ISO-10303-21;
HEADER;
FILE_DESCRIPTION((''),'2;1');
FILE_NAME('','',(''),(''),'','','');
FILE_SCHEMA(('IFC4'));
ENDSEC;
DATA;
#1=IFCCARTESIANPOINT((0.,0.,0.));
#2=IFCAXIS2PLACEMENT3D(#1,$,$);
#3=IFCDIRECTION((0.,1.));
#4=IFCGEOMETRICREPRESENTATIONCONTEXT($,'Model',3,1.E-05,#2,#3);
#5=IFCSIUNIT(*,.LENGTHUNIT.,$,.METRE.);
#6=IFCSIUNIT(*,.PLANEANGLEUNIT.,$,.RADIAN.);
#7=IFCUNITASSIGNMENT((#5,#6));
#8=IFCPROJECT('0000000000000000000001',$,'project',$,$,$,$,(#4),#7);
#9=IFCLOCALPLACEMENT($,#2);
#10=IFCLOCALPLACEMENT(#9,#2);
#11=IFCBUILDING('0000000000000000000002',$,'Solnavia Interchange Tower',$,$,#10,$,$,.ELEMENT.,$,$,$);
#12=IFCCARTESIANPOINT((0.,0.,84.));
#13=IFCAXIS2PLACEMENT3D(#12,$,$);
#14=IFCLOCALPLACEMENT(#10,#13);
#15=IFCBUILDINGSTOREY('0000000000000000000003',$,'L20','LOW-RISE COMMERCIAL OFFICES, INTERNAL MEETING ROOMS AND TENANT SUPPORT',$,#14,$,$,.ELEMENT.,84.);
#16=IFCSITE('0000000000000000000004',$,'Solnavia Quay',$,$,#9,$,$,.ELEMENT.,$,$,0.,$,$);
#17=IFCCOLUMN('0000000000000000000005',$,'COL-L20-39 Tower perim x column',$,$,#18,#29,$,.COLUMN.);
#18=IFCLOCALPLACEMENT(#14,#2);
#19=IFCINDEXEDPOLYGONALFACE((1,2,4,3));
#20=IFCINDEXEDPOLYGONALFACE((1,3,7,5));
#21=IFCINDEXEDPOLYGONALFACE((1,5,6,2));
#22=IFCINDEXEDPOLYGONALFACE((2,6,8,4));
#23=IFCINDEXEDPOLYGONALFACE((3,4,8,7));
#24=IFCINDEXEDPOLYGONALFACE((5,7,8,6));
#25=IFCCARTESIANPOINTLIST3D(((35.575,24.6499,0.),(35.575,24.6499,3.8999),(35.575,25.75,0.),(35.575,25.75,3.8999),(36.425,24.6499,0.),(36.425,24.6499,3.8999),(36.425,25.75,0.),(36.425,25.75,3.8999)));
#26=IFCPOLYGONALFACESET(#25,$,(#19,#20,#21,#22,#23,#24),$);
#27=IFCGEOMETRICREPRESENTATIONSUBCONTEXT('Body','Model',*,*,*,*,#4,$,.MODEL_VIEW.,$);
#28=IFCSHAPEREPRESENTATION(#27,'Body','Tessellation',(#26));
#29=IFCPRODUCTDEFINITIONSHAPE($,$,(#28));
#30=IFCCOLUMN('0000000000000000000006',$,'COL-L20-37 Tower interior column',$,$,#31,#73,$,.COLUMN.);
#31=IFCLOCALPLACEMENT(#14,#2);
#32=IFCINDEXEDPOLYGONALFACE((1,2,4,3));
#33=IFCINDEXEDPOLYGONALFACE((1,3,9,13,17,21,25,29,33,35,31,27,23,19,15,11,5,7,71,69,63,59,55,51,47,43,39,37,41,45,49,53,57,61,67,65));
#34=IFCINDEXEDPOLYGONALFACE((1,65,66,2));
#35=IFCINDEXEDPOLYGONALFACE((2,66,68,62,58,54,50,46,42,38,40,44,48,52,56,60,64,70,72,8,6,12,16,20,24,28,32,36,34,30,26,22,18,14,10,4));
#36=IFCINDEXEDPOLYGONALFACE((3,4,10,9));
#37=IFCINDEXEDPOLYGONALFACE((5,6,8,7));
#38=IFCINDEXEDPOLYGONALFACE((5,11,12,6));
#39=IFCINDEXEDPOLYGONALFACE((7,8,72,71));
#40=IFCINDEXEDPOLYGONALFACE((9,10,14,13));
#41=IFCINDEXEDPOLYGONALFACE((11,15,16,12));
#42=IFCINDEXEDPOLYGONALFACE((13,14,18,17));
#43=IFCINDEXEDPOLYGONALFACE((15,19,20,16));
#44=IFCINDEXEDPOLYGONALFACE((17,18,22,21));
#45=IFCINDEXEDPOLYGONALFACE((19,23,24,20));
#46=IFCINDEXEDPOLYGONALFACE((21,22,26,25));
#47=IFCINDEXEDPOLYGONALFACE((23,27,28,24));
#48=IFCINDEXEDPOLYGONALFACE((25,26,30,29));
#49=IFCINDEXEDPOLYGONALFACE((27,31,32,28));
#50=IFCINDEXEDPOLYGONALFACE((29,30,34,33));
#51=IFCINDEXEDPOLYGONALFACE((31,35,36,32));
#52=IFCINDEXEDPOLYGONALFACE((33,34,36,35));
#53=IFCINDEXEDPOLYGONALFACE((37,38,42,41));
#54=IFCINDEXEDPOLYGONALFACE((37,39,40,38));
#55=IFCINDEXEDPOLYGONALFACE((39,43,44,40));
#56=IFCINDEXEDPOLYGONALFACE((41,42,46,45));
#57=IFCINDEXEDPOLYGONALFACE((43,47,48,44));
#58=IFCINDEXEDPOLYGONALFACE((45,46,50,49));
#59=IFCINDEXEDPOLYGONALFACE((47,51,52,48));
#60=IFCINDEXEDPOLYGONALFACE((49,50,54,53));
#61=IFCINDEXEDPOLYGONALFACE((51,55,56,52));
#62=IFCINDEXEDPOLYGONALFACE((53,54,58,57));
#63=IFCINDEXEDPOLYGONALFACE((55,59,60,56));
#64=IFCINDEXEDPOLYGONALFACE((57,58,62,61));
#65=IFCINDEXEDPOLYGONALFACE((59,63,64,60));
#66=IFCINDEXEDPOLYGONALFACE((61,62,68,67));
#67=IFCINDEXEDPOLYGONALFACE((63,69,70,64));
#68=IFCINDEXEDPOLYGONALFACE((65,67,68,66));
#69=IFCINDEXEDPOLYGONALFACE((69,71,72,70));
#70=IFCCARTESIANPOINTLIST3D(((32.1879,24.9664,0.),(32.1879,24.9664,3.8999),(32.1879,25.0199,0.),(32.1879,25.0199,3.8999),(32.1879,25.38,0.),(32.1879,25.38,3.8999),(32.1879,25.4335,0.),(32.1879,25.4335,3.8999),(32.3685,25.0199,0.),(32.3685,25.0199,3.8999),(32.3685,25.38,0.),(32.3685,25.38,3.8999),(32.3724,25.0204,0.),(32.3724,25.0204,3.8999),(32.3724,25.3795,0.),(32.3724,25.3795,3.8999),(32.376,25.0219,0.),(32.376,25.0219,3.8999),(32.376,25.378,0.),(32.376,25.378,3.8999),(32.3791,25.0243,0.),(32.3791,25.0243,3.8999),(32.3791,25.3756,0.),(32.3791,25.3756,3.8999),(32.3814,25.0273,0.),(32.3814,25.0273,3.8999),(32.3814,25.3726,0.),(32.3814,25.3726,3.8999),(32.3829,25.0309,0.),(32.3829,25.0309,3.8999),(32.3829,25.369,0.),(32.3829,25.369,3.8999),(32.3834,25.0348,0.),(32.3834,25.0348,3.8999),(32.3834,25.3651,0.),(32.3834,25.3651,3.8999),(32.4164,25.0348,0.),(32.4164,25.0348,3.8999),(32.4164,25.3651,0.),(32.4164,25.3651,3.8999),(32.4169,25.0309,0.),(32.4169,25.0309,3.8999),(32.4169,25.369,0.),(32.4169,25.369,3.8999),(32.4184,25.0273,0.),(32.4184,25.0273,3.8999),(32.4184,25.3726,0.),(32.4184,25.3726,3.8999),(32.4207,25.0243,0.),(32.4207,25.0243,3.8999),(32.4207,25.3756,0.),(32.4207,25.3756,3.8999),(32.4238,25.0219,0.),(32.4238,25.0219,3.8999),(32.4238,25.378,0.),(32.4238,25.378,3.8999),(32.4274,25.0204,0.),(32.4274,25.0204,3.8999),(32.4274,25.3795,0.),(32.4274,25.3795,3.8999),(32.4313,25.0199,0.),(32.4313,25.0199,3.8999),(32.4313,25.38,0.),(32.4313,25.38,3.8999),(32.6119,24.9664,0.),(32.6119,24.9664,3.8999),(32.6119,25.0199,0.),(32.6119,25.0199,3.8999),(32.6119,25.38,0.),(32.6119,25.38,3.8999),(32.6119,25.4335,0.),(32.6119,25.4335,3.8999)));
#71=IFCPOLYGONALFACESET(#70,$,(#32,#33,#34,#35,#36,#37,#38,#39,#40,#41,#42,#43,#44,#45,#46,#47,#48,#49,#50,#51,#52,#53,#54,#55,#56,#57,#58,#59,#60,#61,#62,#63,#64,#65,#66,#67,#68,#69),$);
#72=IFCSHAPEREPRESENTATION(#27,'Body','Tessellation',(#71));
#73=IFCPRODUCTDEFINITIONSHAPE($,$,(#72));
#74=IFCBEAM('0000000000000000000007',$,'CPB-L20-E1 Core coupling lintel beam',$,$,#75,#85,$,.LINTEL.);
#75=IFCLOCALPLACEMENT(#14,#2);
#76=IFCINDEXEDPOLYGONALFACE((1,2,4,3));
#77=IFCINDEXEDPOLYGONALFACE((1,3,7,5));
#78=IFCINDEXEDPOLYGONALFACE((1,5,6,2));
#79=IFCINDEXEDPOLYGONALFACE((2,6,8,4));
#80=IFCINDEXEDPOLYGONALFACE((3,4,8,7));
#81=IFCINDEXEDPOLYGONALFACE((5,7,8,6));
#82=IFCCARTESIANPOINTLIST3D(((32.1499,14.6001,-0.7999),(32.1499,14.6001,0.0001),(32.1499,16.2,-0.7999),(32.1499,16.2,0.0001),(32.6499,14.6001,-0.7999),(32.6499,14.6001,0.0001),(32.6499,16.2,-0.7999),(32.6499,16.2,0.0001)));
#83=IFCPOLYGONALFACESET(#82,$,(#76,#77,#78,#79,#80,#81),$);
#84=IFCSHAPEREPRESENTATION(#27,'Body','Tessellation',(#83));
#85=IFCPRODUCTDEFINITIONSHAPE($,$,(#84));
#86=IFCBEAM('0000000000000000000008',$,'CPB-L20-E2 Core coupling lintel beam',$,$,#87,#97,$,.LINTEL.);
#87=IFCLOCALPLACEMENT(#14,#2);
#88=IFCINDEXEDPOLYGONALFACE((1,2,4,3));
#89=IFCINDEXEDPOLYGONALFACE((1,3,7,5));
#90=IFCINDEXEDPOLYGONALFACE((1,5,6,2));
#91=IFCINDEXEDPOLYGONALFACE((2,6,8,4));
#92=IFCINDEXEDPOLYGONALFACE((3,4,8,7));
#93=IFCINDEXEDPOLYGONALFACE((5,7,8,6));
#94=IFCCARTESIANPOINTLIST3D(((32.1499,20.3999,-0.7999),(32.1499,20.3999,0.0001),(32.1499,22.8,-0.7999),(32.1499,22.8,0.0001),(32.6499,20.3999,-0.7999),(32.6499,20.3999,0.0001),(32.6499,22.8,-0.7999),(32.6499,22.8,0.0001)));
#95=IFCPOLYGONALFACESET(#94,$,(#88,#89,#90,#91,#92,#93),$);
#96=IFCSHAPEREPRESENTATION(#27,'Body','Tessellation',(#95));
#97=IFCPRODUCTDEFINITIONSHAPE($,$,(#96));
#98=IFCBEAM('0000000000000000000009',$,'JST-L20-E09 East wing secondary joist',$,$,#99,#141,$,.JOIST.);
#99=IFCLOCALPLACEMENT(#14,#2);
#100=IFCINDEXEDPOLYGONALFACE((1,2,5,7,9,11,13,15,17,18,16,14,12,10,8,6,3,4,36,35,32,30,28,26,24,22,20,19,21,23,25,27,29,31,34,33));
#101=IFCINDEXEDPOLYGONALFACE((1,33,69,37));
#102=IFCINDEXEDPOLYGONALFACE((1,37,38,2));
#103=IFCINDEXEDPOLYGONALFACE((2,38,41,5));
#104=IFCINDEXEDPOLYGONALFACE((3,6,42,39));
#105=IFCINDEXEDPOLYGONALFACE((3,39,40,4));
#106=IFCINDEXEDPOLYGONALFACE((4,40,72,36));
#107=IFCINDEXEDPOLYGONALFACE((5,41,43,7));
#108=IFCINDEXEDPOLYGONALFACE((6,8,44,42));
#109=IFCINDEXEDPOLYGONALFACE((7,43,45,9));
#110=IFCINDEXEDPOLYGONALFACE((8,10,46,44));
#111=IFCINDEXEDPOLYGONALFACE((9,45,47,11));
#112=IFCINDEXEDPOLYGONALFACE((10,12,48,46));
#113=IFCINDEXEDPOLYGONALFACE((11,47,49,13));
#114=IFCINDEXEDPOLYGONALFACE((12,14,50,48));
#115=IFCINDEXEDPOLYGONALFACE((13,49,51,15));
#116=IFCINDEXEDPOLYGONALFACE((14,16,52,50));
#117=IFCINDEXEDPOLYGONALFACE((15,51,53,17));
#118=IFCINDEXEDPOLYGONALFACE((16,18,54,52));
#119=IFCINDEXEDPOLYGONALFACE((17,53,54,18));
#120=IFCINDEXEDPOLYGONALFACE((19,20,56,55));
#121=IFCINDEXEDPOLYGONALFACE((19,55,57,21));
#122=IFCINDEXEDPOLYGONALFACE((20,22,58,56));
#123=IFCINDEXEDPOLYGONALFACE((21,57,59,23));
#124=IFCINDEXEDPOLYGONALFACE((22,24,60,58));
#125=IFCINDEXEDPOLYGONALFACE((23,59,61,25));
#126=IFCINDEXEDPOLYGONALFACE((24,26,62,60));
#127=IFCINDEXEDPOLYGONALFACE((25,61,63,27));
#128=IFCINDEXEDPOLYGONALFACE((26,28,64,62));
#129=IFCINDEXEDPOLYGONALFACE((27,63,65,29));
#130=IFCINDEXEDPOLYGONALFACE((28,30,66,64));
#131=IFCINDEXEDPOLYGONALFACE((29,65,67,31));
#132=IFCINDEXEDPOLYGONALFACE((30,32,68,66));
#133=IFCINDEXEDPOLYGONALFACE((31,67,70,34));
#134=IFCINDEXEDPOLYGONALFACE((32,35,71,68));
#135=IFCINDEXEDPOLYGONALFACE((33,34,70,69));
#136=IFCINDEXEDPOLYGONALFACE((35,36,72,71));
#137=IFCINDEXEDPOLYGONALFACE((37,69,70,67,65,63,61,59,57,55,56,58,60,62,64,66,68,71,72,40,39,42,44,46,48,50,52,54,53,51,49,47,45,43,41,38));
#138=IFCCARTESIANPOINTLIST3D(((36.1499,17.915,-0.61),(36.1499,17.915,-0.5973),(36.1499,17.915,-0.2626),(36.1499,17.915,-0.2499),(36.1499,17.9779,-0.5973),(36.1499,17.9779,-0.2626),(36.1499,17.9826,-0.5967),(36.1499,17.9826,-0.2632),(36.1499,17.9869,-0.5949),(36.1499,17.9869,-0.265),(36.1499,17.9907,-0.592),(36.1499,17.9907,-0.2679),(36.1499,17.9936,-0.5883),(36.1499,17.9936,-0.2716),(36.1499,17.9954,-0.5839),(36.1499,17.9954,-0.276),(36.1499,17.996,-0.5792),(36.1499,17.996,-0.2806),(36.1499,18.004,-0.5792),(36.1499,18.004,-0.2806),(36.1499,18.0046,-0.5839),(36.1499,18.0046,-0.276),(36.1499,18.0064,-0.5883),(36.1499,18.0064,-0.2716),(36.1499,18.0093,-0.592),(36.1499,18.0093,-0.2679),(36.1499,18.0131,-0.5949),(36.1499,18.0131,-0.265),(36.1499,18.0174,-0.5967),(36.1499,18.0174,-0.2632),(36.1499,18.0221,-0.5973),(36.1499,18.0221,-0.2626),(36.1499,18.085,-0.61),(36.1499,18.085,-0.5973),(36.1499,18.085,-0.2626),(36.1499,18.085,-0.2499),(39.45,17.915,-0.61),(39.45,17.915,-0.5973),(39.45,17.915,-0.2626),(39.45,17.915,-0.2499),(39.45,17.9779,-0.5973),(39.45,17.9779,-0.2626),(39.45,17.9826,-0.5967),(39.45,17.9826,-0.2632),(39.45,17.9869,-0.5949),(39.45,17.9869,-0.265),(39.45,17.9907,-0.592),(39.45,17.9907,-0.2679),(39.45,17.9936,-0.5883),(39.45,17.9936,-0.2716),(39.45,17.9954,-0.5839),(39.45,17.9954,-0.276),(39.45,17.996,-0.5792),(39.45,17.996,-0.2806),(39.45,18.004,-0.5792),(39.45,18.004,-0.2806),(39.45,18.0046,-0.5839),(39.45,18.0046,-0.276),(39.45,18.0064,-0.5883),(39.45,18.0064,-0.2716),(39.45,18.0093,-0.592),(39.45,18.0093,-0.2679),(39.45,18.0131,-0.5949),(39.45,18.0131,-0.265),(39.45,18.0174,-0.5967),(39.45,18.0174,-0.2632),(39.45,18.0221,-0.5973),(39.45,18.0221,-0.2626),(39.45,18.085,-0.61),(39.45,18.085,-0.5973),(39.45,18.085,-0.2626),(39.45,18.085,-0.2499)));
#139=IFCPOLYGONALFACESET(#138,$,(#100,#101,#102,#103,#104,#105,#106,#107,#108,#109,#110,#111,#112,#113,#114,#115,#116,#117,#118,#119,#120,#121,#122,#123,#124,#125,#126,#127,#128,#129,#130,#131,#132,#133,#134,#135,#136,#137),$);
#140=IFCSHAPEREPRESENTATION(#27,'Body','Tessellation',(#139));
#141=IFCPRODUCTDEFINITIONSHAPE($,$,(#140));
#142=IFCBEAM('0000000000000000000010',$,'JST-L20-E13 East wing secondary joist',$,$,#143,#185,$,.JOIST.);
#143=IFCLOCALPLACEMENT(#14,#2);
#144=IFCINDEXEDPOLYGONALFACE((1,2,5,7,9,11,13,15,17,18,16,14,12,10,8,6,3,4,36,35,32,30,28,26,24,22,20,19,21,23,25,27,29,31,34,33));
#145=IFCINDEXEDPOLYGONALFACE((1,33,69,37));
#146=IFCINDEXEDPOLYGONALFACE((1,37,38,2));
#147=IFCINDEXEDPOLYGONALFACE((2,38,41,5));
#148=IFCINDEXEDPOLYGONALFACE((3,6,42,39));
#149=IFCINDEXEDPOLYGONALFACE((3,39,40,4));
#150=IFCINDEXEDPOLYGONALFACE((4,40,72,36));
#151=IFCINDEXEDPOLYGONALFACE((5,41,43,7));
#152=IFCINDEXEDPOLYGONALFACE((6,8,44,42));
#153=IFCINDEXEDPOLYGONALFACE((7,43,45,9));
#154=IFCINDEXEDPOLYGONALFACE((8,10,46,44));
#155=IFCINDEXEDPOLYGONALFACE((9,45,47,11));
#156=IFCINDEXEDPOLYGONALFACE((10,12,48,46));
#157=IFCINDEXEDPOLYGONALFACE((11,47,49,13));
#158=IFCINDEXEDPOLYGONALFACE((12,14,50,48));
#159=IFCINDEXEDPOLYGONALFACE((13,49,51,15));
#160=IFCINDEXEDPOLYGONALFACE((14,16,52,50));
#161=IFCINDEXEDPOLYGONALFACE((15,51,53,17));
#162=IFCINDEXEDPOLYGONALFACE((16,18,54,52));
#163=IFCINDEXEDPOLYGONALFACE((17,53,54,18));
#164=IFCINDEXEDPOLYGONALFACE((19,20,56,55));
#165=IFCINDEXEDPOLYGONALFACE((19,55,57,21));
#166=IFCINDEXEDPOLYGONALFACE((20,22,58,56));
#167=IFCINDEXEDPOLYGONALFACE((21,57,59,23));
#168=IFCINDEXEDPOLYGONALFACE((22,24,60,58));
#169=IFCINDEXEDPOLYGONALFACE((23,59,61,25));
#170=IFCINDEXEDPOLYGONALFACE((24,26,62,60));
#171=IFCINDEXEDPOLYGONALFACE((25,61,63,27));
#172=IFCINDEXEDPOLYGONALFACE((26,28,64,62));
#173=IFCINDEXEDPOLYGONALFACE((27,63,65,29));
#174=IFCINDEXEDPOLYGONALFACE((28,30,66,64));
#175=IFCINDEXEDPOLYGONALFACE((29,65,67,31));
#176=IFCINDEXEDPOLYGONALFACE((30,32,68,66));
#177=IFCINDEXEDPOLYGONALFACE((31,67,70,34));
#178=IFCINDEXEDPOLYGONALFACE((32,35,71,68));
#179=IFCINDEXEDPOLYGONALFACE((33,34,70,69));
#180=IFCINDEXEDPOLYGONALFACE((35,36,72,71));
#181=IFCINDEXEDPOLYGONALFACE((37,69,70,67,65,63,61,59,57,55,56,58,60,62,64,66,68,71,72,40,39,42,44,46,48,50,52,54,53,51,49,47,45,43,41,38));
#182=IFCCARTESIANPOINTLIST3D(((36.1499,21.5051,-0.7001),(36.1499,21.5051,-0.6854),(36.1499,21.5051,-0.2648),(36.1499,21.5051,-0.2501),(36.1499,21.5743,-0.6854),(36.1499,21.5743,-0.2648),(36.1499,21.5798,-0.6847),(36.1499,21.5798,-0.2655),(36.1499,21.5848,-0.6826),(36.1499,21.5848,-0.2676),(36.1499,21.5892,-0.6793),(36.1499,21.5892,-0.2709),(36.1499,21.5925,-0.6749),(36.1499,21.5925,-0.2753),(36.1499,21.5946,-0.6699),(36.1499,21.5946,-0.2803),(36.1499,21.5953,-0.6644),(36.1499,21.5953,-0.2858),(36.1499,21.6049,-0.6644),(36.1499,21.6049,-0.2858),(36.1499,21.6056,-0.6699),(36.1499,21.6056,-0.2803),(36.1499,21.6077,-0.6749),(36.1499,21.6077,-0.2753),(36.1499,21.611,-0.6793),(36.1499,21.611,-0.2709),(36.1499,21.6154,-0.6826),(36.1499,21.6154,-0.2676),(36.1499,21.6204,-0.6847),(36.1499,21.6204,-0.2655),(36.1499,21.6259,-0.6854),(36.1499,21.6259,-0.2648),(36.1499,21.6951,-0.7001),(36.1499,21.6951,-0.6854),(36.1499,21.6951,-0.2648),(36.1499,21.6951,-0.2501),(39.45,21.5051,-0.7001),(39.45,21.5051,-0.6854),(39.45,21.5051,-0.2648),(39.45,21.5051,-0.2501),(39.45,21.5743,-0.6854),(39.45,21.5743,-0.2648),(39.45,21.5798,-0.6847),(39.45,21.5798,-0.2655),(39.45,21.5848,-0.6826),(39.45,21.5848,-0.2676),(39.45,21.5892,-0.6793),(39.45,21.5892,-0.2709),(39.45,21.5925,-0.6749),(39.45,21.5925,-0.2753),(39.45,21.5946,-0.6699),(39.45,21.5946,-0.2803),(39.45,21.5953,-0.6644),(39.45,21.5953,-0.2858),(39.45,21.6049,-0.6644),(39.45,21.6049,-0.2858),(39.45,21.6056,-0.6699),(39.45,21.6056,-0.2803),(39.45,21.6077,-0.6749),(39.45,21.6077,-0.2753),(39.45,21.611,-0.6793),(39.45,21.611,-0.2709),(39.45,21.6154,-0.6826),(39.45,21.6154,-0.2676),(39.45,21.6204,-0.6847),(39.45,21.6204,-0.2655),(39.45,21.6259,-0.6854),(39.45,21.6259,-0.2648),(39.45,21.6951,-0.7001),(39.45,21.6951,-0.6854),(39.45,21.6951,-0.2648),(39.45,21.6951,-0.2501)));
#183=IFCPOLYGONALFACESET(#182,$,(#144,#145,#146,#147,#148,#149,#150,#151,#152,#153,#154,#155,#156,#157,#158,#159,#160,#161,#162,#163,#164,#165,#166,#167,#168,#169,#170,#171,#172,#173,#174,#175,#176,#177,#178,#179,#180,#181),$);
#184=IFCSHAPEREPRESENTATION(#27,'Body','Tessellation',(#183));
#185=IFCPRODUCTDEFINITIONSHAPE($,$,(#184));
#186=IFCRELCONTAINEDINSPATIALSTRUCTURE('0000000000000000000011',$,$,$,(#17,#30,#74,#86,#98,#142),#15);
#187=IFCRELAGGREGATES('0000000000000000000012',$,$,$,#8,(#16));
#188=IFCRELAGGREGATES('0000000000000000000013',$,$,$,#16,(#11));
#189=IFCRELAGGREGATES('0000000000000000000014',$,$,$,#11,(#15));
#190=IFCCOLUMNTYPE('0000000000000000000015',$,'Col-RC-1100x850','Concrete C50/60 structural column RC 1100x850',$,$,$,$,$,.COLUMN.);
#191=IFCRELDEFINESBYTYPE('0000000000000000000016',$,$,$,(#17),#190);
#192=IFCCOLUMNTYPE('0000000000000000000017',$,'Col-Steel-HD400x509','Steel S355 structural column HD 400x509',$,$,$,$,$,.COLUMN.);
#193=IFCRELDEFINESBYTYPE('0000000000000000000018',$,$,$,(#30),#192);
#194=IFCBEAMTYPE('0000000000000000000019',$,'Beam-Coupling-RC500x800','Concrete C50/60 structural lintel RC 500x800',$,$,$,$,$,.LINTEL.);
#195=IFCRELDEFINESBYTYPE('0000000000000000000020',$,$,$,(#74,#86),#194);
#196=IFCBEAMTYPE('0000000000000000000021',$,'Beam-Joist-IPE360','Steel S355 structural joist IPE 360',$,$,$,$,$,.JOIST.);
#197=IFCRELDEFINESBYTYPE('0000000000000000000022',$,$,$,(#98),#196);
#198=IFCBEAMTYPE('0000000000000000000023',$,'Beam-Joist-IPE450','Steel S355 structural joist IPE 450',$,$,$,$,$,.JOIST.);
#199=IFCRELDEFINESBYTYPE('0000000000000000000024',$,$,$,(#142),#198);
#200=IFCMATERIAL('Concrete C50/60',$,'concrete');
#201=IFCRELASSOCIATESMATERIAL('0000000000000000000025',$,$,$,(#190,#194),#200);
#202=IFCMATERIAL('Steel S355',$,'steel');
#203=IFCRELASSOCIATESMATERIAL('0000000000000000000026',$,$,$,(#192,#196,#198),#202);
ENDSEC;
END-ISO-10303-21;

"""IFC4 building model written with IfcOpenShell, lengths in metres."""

from ifc_helpers import new_model, si_unit, direction, frame, origin, origin_2d, place, context, subcontext, project, spatial, rectangle, i_section, extrude, material, material_profile, profile_set, type_object, element, save


model = new_model("IFC4")

# Units and contexts
model_context = context("Model", 3, precision=1e-05, world=origin(), true_north=direction((0.0, 1.0)))
body_context = subcontext(model_context, "Body", "Model", "MODEL_VIEW")
ifc_project = project(units=[si_unit("LENGTHUNIT", "METRE"), si_unit("PLANEANGLEUNIT", "RADIAN")], contexts=[model_context])

# Site, building, storey
site_placement = place(None, origin())
site = spatial("IfcSite", under=ifc_project, at=site_placement, Name="Solnavia Quay", CompositionType="ELEMENT", RefElevation=0.0)
building_placement = place(site_placement, origin())
building = spatial("IfcBuilding", under=site, at=building_placement, Name="Solnavia Interchange Tower", CompositionType="ELEMENT")
storey_placement = place(building_placement, frame((0.0, 0.0, 84.0)))
storey = spatial("IfcBuildingStorey", under=building, at=storey_placement, Name="L20", Description="LOW-RISE COMMERCIAL OFFICES, INTERNAL MEETING ROOMS AND TENANT SUPPORT", CompositionType="ELEMENT", Elevation=84.0)

# Columns
ifc_material_1 = material(Name="Concrete C50/60", Category="concrete")
ifc_material_profile_1 = material_profile(ifc_material_1, rectangle(XDim=0.8501, YDim=1.1001, at=origin_2d()), Name="RC 1100x850")
ifc_profile_set_1 = profile_set([ifc_material_profile_1], Name="Concrete C50/60")
column_type_1 = type_object("IfcColumnType", Name="Col-RC-1100x850", Description="Concrete C50/60 structural column RC 1100x850", PredefinedType="COLUMN", material=ifc_profile_set_1)
column_1_placement = place(storey_placement, frame((36.0, 25.2, 0.0), z_axis=(0.0, 0.0, 1.0), x_axis=(1.0, 0.0, 0.0)))
element("IfcColumn", 1, at=column_1_placement, inside=storey, type_object=column_type_1, Name="COL-L20-39 Tower perim x column", PredefinedType="COLUMN", context=body_context, shape_type="SweptSolid", body=[
    extrude(rectangle(XDim=0.8501, YDim=1.1001, at=origin_2d()), origin(), (0.0, 0.0, 1.0), 3.8999),
])
ifc_material_2 = material(Name="Steel S355", Category="steel")
ifc_material_profile_2 = material_profile(ifc_material_2, i_section(OverallWidth=0.4241, OverallDepth=0.467, WebThickness=0.033, FlangeThickness=0.0535, FilletRadius=0.0149, at=origin_2d()), Name="HD 400x509")
ifc_profile_set_2 = profile_set([ifc_material_profile_2], Name="Steel S355")
column_type_2 = type_object("IfcColumnType", Name="Col-Steel-HD400x509", Description="Steel S355 structural column HD 400x509", PredefinedType="COLUMN", material=ifc_profile_set_2)
column_2_placement = place(storey_placement, frame((32.3999, 25.2, 0.0), z_axis=(0.0, 0.0, 1.0), x_axis=(1.0, 0.0, 0.0)))
element("IfcColumn", 2, at=column_2_placement, inside=storey, type_object=column_type_2, Name="COL-L20-37 Tower interior column", PredefinedType="COLUMN", context=body_context, shape_type="SweptSolid", body=[
    extrude(i_section(OverallWidth=0.4241, OverallDepth=0.467, WebThickness=0.033, FlangeThickness=0.0535, FilletRadius=0.0149, at=origin_2d()), origin(), (0.0, 0.0, 1.0), 3.8999),
])

# Beams
ifc_material_profile_3 = material_profile(ifc_material_1, rectangle(XDim=0.5, YDim=0.8, at=origin_2d()), Name="RC 500x800")
ifc_profile_set_3 = profile_set([ifc_material_profile_3], Name="Concrete C50/60")
beam_type_1 = type_object("IfcBeamType", Name="Beam-Coupling-RC500x800", Description="Concrete C50/60 structural lintel RC 500x800", PredefinedType="LINTEL", material=ifc_profile_set_3)
beam_1_placement = place(storey_placement, frame((32.3999, 14.6001, -0.3999), z_axis=(0.0, 1.0, 0.0), x_axis=(-1.0, 0.0, 0.0)))
element("IfcBeam", 3, at=beam_1_placement, inside=storey, type_object=beam_type_1, Name="CPB-L20-E1 Core coupling lintel beam", PredefinedType="LINTEL", context=body_context, shape_type="SweptSolid", body=[
    extrude(rectangle(XDim=0.5, YDim=0.8, at=origin_2d()), origin(), (0.0, 0.0, 1.0), 1.5999),
])
beam_2_placement = place(storey_placement, frame((32.3999, 20.3999, -0.3999), z_axis=(0.0, 1.0, 0.0), x_axis=(-1.0, 0.0, 0.0)))
element("IfcBeam", 4, at=beam_2_placement, inside=storey, type_object=beam_type_1, Name="CPB-L20-E2 Core coupling lintel beam", PredefinedType="LINTEL", context=body_context, shape_type="SweptSolid", body=[
    extrude(rectangle(XDim=0.5, YDim=0.8, at=origin_2d()), origin(), (0.0, 0.0, 1.0), 2.4001),
])
ifc_material_profile_4 = material_profile(ifc_material_2, i_section(OverallWidth=0.1699, OverallDepth=0.3601, WebThickness=0.0081, FlangeThickness=0.0127, FilletRadius=0.0181, at=origin_2d()), Name="IPE 360")
ifc_profile_set_4 = profile_set([ifc_material_profile_4], Name="Steel S355")
beam_type_2 = type_object("IfcBeamType", Name="Beam-Joist-IPE360", Description="Steel S355 structural joist IPE 360", PredefinedType="JOIST", material=ifc_profile_set_4)
beam_3_placement = place(storey_placement, frame((36.1499, 18.0, -0.4299), z_axis=(1.0, 0.0, 0.0), x_axis=(0.0, 1.0, 0.0)))
element("IfcBeam", 5, at=beam_3_placement, inside=storey, type_object=beam_type_2, Name="JST-L20-E09 East wing secondary joist", PredefinedType="JOIST", context=body_context, shape_type="SweptSolid", body=[
    extrude(i_section(OverallWidth=0.1699, OverallDepth=0.3601, WebThickness=0.0081, FlangeThickness=0.0127, FilletRadius=0.0181, at=origin_2d()), origin(), (0.0, 0.0, 1.0), 3.3),
])
ifc_material_profile_5 = material_profile(ifc_material_2, i_section(OverallWidth=0.1899, OverallDepth=0.45, WebThickness=0.0095, FlangeThickness=0.0146, FilletRadius=0.021, at=origin_2d()), Name="IPE 450")
ifc_profile_set_5 = profile_set([ifc_material_profile_5], Name="Steel S355")
beam_type_3 = type_object("IfcBeamType", Name="Beam-Joist-IPE450", Description="Steel S355 structural joist IPE 450", PredefinedType="JOIST", material=ifc_profile_set_5)
beam_4_placement = place(storey_placement, frame((36.1499, 21.6001, -0.4751), z_axis=(1.0, 0.0, 0.0), x_axis=(0.0, 1.0, 0.0)))
element("IfcBeam", 6, at=beam_4_placement, inside=storey, type_object=beam_type_3, Name="JST-L20-E13 East wing secondary joist", PredefinedType="JOIST", context=body_context, shape_type="SweptSolid", body=[
    extrude(i_section(OverallWidth=0.1899, OverallDepth=0.45, WebThickness=0.0095, FlangeThickness=0.0146, FilletRadius=0.021, at=origin_2d()), origin(), (0.0, 0.0, 1.0), 3.3),
])

save(model, "model.ifc")
